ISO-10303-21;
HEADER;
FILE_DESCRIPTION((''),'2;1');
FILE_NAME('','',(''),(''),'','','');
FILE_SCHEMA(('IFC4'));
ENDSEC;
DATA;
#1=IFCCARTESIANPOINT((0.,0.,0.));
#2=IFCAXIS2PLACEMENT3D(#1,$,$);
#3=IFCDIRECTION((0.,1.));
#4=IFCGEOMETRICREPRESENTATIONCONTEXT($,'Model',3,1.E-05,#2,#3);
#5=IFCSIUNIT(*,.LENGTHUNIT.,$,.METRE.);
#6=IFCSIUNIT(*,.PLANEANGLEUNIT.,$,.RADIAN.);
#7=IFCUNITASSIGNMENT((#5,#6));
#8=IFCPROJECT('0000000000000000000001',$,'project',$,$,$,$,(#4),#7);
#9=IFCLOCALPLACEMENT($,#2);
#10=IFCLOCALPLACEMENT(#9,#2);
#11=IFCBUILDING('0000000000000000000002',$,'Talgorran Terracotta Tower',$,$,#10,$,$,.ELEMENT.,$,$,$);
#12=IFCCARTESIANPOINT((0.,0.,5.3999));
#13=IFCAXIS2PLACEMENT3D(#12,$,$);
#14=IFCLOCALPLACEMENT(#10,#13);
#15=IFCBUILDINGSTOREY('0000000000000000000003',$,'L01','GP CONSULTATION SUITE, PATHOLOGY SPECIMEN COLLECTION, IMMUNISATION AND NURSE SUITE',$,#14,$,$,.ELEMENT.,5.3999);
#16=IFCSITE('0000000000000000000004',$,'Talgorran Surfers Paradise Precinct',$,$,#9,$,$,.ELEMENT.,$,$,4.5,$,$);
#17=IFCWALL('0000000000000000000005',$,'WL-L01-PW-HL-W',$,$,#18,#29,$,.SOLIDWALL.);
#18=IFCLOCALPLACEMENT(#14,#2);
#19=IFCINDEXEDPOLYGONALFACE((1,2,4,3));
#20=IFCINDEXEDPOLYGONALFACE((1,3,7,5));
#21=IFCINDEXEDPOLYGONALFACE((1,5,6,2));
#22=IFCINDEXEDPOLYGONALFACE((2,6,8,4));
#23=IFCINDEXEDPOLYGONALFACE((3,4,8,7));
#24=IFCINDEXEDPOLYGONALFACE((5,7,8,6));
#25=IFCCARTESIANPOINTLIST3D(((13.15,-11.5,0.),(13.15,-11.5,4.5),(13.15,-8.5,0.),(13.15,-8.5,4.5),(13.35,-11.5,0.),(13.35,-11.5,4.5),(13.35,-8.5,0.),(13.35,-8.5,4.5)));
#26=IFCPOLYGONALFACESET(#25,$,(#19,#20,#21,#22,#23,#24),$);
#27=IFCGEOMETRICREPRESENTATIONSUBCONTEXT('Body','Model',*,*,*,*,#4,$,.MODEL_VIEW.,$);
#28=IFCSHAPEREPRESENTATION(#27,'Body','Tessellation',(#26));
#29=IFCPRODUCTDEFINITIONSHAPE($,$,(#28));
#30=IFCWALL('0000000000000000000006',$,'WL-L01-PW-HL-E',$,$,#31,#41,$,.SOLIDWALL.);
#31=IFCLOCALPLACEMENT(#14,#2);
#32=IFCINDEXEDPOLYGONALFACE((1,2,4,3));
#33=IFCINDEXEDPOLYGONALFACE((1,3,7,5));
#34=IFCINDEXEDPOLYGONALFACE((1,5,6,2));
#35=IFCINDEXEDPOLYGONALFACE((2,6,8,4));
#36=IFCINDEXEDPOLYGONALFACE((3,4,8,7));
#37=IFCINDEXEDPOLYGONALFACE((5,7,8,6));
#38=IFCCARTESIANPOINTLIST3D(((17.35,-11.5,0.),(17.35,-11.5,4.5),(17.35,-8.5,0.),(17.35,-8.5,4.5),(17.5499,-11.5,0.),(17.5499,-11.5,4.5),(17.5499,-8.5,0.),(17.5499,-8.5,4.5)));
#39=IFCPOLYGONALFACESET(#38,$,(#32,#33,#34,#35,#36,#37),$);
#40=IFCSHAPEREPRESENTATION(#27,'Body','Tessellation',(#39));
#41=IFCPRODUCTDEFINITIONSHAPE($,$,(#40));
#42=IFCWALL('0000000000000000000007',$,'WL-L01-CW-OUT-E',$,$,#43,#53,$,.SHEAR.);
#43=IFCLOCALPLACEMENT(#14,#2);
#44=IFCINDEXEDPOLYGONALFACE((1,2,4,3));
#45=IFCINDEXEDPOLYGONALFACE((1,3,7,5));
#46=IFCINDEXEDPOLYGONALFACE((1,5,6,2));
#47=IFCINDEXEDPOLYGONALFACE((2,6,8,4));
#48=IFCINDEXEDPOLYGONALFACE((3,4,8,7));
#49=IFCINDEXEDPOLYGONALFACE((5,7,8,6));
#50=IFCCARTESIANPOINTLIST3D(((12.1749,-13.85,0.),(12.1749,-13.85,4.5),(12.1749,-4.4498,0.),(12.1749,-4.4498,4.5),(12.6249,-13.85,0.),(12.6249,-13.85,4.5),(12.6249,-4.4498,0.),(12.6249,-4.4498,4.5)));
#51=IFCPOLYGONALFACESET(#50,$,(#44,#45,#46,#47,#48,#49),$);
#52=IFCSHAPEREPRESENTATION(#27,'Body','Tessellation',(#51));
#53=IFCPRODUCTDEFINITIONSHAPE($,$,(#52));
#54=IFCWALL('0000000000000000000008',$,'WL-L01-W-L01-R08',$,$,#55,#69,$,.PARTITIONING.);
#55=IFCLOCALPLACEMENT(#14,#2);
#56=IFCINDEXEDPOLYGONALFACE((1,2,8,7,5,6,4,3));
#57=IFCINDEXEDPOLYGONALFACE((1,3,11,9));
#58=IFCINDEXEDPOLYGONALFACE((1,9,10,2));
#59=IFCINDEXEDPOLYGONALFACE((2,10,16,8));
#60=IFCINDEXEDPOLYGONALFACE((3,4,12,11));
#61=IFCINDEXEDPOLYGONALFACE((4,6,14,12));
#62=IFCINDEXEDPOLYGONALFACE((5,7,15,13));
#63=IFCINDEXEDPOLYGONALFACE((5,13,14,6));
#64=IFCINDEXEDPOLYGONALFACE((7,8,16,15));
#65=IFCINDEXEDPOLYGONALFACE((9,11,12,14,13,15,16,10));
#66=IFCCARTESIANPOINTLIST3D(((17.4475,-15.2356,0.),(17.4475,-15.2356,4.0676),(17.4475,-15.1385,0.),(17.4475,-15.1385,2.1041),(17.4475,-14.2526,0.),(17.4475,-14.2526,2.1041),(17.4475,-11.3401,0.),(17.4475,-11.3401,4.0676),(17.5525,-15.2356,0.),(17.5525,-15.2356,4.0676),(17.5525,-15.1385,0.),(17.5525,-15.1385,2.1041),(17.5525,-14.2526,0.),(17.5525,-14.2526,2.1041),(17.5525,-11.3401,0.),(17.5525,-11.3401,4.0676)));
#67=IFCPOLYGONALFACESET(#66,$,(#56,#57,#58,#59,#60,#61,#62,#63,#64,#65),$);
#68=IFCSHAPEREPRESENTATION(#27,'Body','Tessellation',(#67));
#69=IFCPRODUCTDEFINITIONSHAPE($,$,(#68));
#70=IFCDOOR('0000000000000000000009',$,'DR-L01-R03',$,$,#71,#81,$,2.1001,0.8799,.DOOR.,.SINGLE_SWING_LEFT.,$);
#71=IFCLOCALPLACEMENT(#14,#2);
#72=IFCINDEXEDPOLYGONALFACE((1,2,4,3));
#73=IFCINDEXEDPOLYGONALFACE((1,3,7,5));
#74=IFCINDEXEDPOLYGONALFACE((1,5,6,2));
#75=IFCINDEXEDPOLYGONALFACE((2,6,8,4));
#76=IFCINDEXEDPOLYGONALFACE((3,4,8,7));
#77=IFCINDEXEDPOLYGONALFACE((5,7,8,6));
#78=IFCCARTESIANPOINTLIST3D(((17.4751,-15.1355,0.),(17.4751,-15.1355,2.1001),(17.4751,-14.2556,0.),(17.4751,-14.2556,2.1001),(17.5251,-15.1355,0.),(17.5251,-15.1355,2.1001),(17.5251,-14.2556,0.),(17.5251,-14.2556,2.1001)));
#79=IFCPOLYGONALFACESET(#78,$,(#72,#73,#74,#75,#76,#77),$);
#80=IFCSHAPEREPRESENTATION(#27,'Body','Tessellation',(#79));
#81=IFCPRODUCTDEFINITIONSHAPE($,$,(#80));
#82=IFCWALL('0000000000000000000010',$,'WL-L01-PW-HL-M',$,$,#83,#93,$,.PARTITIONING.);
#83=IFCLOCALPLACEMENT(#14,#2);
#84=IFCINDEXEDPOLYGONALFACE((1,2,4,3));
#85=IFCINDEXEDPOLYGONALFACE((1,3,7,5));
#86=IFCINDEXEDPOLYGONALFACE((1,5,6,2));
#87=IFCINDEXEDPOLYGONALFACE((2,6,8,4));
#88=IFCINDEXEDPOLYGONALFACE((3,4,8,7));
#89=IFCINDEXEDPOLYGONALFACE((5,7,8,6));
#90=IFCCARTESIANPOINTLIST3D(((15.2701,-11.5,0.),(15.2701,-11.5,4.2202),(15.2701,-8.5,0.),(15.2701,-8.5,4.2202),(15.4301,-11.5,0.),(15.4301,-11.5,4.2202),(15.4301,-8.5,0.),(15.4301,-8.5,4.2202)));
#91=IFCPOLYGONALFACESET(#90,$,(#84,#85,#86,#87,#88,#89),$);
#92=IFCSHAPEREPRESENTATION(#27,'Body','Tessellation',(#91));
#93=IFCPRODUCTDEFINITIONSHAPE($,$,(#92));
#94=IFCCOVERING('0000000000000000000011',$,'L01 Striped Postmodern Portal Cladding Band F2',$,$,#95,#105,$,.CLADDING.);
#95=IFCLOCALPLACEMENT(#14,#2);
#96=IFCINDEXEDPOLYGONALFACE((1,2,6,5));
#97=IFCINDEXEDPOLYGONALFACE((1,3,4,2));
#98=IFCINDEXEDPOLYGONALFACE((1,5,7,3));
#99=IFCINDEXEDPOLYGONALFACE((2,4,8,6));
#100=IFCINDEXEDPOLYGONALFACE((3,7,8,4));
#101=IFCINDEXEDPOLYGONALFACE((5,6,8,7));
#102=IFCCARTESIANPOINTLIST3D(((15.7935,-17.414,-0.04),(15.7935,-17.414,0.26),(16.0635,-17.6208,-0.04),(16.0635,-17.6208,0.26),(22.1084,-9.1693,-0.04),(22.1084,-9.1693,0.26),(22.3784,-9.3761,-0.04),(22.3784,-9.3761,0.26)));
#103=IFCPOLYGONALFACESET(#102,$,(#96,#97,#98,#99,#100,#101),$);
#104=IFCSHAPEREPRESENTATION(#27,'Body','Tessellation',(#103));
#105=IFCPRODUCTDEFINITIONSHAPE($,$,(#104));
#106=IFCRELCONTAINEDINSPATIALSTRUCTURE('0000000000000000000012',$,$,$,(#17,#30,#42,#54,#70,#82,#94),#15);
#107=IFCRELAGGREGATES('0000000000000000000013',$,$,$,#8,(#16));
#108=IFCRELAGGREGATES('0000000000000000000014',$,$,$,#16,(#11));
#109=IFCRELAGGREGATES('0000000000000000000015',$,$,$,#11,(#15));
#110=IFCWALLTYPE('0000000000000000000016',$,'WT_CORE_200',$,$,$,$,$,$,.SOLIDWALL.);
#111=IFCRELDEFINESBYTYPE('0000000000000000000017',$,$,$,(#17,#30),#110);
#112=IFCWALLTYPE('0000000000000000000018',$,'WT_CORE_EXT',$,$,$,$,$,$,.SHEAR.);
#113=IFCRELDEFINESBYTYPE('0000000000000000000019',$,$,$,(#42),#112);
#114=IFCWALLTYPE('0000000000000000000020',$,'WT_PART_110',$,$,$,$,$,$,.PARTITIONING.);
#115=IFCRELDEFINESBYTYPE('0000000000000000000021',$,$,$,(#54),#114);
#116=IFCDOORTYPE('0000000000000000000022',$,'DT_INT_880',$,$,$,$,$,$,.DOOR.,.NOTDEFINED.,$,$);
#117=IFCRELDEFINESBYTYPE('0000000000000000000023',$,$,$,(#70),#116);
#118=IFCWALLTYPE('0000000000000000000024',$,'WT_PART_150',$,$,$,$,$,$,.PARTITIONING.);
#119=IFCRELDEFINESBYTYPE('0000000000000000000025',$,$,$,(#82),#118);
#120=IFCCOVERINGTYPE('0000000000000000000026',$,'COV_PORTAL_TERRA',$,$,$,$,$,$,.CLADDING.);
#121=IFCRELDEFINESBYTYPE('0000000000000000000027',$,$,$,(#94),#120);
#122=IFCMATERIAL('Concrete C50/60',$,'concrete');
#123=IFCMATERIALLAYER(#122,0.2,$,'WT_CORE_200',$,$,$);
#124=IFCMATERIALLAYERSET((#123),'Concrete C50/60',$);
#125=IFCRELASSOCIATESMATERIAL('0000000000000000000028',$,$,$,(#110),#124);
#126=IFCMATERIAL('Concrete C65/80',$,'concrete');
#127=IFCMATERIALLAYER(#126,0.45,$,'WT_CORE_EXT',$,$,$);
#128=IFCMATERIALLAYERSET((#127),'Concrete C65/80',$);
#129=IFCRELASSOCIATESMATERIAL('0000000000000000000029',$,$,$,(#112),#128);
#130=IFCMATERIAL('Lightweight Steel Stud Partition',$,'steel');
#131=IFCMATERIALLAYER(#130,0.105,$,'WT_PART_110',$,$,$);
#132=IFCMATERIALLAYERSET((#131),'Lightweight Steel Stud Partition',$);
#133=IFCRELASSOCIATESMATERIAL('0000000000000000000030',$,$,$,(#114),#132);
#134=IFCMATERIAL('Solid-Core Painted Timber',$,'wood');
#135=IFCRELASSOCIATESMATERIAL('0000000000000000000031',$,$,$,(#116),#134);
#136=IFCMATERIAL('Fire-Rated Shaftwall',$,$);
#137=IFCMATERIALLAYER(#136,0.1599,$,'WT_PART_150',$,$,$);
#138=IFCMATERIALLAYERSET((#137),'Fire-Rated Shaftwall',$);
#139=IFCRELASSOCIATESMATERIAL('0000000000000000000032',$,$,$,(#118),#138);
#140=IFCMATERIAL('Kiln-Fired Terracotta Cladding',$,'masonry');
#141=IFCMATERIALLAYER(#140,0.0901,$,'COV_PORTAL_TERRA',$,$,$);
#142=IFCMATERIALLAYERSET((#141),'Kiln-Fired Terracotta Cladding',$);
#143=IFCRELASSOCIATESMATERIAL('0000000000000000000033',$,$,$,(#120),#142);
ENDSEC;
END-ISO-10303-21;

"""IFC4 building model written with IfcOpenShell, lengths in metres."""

from ifc_helpers import new_model, si_unit, direction, frame, frame_2d, origin, origin_2d, place, context, subcontext, project, spatial, rectangle, extrude, material, layer, layer_set, type_object, element, fill, save


model = new_model("IFC4")

# Units and contexts
model_context = context("Model", 3, precision=1e-05, world=origin(), true_north=direction((0.0, 1.0)))
body_context = subcontext(model_context, "Body", "Model", "MODEL_VIEW")
ifc_project = project(units=[si_unit("LENGTHUNIT", "METRE"), si_unit("PLANEANGLEUNIT", "RADIAN")], contexts=[model_context])

# Site, building, storey
site_placement = place(None, origin())
site = spatial("IfcSite", under=ifc_project, at=site_placement, Name="Talgorran Surfers Paradise Precinct", CompositionType="ELEMENT", RefElevation=4.5)
building_placement = place(site_placement, origin())
building = spatial("IfcBuilding", under=site, at=building_placement, Name="Talgorran Terracotta Tower", CompositionType="ELEMENT")
storey_placement = place(building_placement, frame((0.0, 0.0, 5.3999)))
storey = spatial("IfcBuildingStorey", under=building, at=storey_placement, Name="L01", Description="GP CONSULTATION SUITE, PATHOLOGY SPECIMEN COLLECTION, IMMUNISATION AND NURSE SUITE", CompositionType="ELEMENT", Elevation=5.3999)

# Walls
ifc_material_1 = material(Name="Concrete C50/60", Category="concrete")
ifc_layer_1 = layer(ifc_material_1, 0.2, Name="WT_CORE_200")
ifc_layer_set_1 = layer_set([ifc_layer_1], Name="Concrete C50/60")
wall_type_1 = type_object("IfcWallType", Name="WT_CORE_200", PredefinedType="SOLIDWALL", material=ifc_layer_set_1)
for number, where, z_axis, x_axis, name in (
    (1, (13.25, -11.5, 0.0), (0.0, 0.0, 1.0), (0.0, 1.0, 0.0), "WL-L01-PW-HL-W"),
    (2, (17.45, -11.5, 0.0), (0.0, 0.0, 1.0), (0.0, 1.0, 0.0), "WL-L01-PW-HL-E"),
):
    element("IfcWall", number, at=place(storey_placement, frame(where, z_axis=z_axis, x_axis=x_axis)), inside=storey, type_object=wall_type_1, Name=name, PredefinedType="SOLIDWALL", context=body_context, shape_type="SweptSolid", body=[
        extrude(rectangle(XDim=3.0, YDim=0.2, at=frame_2d((1.5, 0.0))), origin(), (0.0, 0.0, 1.0), 4.5),
    ])
ifc_material_2 = material(Name="Concrete C65/80", Category="concrete")
ifc_layer_2 = layer(ifc_material_2, 0.45, Name="WT_CORE_EXT")
ifc_layer_set_2 = layer_set([ifc_layer_2], Name="Concrete C65/80")
wall_type_2 = type_object("IfcWallType", Name="WT_CORE_EXT", PredefinedType="SHEAR", material=ifc_layer_set_2)
wall_1_placement = place(storey_placement, frame((12.3999, -13.8501, 0.0), z_axis=(0.0, 0.0, 1.0), x_axis=(0.0, 1.0, 0.0)))
element("IfcWall", 3, at=wall_1_placement, inside=storey, type_object=wall_type_2, Name="WL-L01-CW-OUT-E", PredefinedType="SHEAR", context=body_context, shape_type="SweptSolid", body=[
    extrude(rectangle(XDim=9.4001, YDim=0.45, at=frame_2d((4.7002, 0.0))), origin(), (0.0, 0.0, 1.0), 4.5),
])

# Wall, opening, door
ifc_material_3 = material(Name="Lightweight Steel Stud Partition", Category="steel")
ifc_layer_3 = layer(ifc_material_3, 0.105, Name="WT_PART_110")
ifc_layer_set_3 = layer_set([ifc_layer_3], Name="Lightweight Steel Stud Partition")
wall_type_3 = type_object("IfcWallType", Name="WT_PART_110", PredefinedType="PARTITIONING", material=ifc_layer_set_3)
wall_2_placement = place(storey_placement, frame((17.5, -15.2356, 0.0), z_axis=(0.0, 0.0, 1.0), x_axis=(0.0, 1.0, 0.0)))
wall_2 = element("IfcWall", 4, at=wall_2_placement, inside=storey, type_object=wall_type_3, Name="WL-L01-W-L01-R08", PredefinedType="PARTITIONING", context=body_context, shape_type="SweptSolid", body=[
    extrude(rectangle(XDim=3.8955, YDim=0.105, at=frame_2d((1.9478, 0.0))), origin(), (0.0, 0.0, 1.0), 4.0676),
])
opening_placement = place(wall_2_placement, frame((0.1001, 0.0, 0.0)))
opening = element("IfcOpeningElement", 5, at=opening_placement, cuts=wall_2, PredefinedType="OPENING", context=body_context, shape_type="SweptSolid", body=[
    extrude(rectangle(XDim=0.8859, YDim=2.1041, at=frame_2d((0.4399, 1.052))), frame((0.0, 0.0625, 0.0), z_axis=(0.0, -1.0, 0.0), x_axis=(1.0, 0.0, 0.0)), (0.0, 0.0, 1.0), 0.125),
])
ifc_material_4 = material(Name="Solid-Core Painted Timber", Category="wood")
door_type = type_object("IfcDoorType", Name="DT_INT_880", OperationType="NOTDEFINED", PredefinedType="DOOR", material=ifc_material_4)
door_placement = place(opening_placement, origin())
door = element("IfcDoor", 6, at=door_placement, inside=storey, type_object=door_type, Name="DR-L01-R03", OperationType="SINGLE_SWING_LEFT", OverallHeight=2.1001, OverallWidth=0.8799, PredefinedType="DOOR", context=body_context, shape_type="SweptSolid", body=[
    extrude(rectangle(XDim=0.8799, YDim=2.1001, at=frame_2d((0.4399, 1.05))), frame((0.0, 0.0249, 0.0), z_axis=(0.0, -1.0, 0.0), x_axis=(1.0, 0.0, 0.0)), (0.0, 0.0, 1.0), 0.05),
])
fill(opening, door)

# Wall
ifc_material_5 = material(Name="Fire-Rated Shaftwall")
ifc_layer_4 = layer(ifc_material_5, 0.1599, Name="WT_PART_150")
ifc_layer_set_4 = layer_set([ifc_layer_4], Name="Fire-Rated Shaftwall")
wall_type_4 = type_object("IfcWallType", Name="WT_PART_150", PredefinedType="PARTITIONING", material=ifc_layer_set_4)
wall_3_placement = place(storey_placement, frame((15.3501, -11.5, 0.0), z_axis=(0.0, 0.0, 1.0), x_axis=(0.0, 1.0, 0.0)))
element("IfcWall", 7, at=wall_3_placement, inside=storey, type_object=wall_type_4, Name="WL-L01-PW-HL-M", PredefinedType="PARTITIONING", context=body_context, shape_type="SweptSolid", body=[
    extrude(rectangle(XDim=3.0, YDim=0.1599, at=frame_2d((1.5, 0.0))), origin(), (0.0, 0.0, 1.0), 4.2202),
])

# Covering
ifc_material_6 = material(Name="Kiln-Fired Terracotta Cladding", Category="masonry")
ifc_layer_5 = layer(ifc_material_6, 0.0901, Name="COV_PORTAL_TERRA")
ifc_layer_set_5 = layer_set([ifc_layer_5], Name="Kiln-Fired Terracotta Cladding")
covering_type = type_object("IfcCoveringType", Name="COV_PORTAL_TERRA", PredefinedType="CLADDING", material=ifc_layer_set_5)
covering_placement = place(storey_placement, frame((19.0859, -13.395, -0.04), z_axis=(0.0, 0.0, 1.0), x_axis=(0.608069, 0.793884, 0.0)))
element("IfcCovering", 8, at=covering_placement, inside=storey, type_object=covering_type, Name="L01 Striped Postmodern Portal Cladding Band F2", PredefinedType="CLADDING", context=body_context, shape_type="SweptSolid", body=[
    extrude(rectangle(XDim=10.3853, YDim=0.3401, at=origin_2d()), origin(), (0.0, 0.0, 1.0), 0.3),
])

save(model, "model.ifc")
